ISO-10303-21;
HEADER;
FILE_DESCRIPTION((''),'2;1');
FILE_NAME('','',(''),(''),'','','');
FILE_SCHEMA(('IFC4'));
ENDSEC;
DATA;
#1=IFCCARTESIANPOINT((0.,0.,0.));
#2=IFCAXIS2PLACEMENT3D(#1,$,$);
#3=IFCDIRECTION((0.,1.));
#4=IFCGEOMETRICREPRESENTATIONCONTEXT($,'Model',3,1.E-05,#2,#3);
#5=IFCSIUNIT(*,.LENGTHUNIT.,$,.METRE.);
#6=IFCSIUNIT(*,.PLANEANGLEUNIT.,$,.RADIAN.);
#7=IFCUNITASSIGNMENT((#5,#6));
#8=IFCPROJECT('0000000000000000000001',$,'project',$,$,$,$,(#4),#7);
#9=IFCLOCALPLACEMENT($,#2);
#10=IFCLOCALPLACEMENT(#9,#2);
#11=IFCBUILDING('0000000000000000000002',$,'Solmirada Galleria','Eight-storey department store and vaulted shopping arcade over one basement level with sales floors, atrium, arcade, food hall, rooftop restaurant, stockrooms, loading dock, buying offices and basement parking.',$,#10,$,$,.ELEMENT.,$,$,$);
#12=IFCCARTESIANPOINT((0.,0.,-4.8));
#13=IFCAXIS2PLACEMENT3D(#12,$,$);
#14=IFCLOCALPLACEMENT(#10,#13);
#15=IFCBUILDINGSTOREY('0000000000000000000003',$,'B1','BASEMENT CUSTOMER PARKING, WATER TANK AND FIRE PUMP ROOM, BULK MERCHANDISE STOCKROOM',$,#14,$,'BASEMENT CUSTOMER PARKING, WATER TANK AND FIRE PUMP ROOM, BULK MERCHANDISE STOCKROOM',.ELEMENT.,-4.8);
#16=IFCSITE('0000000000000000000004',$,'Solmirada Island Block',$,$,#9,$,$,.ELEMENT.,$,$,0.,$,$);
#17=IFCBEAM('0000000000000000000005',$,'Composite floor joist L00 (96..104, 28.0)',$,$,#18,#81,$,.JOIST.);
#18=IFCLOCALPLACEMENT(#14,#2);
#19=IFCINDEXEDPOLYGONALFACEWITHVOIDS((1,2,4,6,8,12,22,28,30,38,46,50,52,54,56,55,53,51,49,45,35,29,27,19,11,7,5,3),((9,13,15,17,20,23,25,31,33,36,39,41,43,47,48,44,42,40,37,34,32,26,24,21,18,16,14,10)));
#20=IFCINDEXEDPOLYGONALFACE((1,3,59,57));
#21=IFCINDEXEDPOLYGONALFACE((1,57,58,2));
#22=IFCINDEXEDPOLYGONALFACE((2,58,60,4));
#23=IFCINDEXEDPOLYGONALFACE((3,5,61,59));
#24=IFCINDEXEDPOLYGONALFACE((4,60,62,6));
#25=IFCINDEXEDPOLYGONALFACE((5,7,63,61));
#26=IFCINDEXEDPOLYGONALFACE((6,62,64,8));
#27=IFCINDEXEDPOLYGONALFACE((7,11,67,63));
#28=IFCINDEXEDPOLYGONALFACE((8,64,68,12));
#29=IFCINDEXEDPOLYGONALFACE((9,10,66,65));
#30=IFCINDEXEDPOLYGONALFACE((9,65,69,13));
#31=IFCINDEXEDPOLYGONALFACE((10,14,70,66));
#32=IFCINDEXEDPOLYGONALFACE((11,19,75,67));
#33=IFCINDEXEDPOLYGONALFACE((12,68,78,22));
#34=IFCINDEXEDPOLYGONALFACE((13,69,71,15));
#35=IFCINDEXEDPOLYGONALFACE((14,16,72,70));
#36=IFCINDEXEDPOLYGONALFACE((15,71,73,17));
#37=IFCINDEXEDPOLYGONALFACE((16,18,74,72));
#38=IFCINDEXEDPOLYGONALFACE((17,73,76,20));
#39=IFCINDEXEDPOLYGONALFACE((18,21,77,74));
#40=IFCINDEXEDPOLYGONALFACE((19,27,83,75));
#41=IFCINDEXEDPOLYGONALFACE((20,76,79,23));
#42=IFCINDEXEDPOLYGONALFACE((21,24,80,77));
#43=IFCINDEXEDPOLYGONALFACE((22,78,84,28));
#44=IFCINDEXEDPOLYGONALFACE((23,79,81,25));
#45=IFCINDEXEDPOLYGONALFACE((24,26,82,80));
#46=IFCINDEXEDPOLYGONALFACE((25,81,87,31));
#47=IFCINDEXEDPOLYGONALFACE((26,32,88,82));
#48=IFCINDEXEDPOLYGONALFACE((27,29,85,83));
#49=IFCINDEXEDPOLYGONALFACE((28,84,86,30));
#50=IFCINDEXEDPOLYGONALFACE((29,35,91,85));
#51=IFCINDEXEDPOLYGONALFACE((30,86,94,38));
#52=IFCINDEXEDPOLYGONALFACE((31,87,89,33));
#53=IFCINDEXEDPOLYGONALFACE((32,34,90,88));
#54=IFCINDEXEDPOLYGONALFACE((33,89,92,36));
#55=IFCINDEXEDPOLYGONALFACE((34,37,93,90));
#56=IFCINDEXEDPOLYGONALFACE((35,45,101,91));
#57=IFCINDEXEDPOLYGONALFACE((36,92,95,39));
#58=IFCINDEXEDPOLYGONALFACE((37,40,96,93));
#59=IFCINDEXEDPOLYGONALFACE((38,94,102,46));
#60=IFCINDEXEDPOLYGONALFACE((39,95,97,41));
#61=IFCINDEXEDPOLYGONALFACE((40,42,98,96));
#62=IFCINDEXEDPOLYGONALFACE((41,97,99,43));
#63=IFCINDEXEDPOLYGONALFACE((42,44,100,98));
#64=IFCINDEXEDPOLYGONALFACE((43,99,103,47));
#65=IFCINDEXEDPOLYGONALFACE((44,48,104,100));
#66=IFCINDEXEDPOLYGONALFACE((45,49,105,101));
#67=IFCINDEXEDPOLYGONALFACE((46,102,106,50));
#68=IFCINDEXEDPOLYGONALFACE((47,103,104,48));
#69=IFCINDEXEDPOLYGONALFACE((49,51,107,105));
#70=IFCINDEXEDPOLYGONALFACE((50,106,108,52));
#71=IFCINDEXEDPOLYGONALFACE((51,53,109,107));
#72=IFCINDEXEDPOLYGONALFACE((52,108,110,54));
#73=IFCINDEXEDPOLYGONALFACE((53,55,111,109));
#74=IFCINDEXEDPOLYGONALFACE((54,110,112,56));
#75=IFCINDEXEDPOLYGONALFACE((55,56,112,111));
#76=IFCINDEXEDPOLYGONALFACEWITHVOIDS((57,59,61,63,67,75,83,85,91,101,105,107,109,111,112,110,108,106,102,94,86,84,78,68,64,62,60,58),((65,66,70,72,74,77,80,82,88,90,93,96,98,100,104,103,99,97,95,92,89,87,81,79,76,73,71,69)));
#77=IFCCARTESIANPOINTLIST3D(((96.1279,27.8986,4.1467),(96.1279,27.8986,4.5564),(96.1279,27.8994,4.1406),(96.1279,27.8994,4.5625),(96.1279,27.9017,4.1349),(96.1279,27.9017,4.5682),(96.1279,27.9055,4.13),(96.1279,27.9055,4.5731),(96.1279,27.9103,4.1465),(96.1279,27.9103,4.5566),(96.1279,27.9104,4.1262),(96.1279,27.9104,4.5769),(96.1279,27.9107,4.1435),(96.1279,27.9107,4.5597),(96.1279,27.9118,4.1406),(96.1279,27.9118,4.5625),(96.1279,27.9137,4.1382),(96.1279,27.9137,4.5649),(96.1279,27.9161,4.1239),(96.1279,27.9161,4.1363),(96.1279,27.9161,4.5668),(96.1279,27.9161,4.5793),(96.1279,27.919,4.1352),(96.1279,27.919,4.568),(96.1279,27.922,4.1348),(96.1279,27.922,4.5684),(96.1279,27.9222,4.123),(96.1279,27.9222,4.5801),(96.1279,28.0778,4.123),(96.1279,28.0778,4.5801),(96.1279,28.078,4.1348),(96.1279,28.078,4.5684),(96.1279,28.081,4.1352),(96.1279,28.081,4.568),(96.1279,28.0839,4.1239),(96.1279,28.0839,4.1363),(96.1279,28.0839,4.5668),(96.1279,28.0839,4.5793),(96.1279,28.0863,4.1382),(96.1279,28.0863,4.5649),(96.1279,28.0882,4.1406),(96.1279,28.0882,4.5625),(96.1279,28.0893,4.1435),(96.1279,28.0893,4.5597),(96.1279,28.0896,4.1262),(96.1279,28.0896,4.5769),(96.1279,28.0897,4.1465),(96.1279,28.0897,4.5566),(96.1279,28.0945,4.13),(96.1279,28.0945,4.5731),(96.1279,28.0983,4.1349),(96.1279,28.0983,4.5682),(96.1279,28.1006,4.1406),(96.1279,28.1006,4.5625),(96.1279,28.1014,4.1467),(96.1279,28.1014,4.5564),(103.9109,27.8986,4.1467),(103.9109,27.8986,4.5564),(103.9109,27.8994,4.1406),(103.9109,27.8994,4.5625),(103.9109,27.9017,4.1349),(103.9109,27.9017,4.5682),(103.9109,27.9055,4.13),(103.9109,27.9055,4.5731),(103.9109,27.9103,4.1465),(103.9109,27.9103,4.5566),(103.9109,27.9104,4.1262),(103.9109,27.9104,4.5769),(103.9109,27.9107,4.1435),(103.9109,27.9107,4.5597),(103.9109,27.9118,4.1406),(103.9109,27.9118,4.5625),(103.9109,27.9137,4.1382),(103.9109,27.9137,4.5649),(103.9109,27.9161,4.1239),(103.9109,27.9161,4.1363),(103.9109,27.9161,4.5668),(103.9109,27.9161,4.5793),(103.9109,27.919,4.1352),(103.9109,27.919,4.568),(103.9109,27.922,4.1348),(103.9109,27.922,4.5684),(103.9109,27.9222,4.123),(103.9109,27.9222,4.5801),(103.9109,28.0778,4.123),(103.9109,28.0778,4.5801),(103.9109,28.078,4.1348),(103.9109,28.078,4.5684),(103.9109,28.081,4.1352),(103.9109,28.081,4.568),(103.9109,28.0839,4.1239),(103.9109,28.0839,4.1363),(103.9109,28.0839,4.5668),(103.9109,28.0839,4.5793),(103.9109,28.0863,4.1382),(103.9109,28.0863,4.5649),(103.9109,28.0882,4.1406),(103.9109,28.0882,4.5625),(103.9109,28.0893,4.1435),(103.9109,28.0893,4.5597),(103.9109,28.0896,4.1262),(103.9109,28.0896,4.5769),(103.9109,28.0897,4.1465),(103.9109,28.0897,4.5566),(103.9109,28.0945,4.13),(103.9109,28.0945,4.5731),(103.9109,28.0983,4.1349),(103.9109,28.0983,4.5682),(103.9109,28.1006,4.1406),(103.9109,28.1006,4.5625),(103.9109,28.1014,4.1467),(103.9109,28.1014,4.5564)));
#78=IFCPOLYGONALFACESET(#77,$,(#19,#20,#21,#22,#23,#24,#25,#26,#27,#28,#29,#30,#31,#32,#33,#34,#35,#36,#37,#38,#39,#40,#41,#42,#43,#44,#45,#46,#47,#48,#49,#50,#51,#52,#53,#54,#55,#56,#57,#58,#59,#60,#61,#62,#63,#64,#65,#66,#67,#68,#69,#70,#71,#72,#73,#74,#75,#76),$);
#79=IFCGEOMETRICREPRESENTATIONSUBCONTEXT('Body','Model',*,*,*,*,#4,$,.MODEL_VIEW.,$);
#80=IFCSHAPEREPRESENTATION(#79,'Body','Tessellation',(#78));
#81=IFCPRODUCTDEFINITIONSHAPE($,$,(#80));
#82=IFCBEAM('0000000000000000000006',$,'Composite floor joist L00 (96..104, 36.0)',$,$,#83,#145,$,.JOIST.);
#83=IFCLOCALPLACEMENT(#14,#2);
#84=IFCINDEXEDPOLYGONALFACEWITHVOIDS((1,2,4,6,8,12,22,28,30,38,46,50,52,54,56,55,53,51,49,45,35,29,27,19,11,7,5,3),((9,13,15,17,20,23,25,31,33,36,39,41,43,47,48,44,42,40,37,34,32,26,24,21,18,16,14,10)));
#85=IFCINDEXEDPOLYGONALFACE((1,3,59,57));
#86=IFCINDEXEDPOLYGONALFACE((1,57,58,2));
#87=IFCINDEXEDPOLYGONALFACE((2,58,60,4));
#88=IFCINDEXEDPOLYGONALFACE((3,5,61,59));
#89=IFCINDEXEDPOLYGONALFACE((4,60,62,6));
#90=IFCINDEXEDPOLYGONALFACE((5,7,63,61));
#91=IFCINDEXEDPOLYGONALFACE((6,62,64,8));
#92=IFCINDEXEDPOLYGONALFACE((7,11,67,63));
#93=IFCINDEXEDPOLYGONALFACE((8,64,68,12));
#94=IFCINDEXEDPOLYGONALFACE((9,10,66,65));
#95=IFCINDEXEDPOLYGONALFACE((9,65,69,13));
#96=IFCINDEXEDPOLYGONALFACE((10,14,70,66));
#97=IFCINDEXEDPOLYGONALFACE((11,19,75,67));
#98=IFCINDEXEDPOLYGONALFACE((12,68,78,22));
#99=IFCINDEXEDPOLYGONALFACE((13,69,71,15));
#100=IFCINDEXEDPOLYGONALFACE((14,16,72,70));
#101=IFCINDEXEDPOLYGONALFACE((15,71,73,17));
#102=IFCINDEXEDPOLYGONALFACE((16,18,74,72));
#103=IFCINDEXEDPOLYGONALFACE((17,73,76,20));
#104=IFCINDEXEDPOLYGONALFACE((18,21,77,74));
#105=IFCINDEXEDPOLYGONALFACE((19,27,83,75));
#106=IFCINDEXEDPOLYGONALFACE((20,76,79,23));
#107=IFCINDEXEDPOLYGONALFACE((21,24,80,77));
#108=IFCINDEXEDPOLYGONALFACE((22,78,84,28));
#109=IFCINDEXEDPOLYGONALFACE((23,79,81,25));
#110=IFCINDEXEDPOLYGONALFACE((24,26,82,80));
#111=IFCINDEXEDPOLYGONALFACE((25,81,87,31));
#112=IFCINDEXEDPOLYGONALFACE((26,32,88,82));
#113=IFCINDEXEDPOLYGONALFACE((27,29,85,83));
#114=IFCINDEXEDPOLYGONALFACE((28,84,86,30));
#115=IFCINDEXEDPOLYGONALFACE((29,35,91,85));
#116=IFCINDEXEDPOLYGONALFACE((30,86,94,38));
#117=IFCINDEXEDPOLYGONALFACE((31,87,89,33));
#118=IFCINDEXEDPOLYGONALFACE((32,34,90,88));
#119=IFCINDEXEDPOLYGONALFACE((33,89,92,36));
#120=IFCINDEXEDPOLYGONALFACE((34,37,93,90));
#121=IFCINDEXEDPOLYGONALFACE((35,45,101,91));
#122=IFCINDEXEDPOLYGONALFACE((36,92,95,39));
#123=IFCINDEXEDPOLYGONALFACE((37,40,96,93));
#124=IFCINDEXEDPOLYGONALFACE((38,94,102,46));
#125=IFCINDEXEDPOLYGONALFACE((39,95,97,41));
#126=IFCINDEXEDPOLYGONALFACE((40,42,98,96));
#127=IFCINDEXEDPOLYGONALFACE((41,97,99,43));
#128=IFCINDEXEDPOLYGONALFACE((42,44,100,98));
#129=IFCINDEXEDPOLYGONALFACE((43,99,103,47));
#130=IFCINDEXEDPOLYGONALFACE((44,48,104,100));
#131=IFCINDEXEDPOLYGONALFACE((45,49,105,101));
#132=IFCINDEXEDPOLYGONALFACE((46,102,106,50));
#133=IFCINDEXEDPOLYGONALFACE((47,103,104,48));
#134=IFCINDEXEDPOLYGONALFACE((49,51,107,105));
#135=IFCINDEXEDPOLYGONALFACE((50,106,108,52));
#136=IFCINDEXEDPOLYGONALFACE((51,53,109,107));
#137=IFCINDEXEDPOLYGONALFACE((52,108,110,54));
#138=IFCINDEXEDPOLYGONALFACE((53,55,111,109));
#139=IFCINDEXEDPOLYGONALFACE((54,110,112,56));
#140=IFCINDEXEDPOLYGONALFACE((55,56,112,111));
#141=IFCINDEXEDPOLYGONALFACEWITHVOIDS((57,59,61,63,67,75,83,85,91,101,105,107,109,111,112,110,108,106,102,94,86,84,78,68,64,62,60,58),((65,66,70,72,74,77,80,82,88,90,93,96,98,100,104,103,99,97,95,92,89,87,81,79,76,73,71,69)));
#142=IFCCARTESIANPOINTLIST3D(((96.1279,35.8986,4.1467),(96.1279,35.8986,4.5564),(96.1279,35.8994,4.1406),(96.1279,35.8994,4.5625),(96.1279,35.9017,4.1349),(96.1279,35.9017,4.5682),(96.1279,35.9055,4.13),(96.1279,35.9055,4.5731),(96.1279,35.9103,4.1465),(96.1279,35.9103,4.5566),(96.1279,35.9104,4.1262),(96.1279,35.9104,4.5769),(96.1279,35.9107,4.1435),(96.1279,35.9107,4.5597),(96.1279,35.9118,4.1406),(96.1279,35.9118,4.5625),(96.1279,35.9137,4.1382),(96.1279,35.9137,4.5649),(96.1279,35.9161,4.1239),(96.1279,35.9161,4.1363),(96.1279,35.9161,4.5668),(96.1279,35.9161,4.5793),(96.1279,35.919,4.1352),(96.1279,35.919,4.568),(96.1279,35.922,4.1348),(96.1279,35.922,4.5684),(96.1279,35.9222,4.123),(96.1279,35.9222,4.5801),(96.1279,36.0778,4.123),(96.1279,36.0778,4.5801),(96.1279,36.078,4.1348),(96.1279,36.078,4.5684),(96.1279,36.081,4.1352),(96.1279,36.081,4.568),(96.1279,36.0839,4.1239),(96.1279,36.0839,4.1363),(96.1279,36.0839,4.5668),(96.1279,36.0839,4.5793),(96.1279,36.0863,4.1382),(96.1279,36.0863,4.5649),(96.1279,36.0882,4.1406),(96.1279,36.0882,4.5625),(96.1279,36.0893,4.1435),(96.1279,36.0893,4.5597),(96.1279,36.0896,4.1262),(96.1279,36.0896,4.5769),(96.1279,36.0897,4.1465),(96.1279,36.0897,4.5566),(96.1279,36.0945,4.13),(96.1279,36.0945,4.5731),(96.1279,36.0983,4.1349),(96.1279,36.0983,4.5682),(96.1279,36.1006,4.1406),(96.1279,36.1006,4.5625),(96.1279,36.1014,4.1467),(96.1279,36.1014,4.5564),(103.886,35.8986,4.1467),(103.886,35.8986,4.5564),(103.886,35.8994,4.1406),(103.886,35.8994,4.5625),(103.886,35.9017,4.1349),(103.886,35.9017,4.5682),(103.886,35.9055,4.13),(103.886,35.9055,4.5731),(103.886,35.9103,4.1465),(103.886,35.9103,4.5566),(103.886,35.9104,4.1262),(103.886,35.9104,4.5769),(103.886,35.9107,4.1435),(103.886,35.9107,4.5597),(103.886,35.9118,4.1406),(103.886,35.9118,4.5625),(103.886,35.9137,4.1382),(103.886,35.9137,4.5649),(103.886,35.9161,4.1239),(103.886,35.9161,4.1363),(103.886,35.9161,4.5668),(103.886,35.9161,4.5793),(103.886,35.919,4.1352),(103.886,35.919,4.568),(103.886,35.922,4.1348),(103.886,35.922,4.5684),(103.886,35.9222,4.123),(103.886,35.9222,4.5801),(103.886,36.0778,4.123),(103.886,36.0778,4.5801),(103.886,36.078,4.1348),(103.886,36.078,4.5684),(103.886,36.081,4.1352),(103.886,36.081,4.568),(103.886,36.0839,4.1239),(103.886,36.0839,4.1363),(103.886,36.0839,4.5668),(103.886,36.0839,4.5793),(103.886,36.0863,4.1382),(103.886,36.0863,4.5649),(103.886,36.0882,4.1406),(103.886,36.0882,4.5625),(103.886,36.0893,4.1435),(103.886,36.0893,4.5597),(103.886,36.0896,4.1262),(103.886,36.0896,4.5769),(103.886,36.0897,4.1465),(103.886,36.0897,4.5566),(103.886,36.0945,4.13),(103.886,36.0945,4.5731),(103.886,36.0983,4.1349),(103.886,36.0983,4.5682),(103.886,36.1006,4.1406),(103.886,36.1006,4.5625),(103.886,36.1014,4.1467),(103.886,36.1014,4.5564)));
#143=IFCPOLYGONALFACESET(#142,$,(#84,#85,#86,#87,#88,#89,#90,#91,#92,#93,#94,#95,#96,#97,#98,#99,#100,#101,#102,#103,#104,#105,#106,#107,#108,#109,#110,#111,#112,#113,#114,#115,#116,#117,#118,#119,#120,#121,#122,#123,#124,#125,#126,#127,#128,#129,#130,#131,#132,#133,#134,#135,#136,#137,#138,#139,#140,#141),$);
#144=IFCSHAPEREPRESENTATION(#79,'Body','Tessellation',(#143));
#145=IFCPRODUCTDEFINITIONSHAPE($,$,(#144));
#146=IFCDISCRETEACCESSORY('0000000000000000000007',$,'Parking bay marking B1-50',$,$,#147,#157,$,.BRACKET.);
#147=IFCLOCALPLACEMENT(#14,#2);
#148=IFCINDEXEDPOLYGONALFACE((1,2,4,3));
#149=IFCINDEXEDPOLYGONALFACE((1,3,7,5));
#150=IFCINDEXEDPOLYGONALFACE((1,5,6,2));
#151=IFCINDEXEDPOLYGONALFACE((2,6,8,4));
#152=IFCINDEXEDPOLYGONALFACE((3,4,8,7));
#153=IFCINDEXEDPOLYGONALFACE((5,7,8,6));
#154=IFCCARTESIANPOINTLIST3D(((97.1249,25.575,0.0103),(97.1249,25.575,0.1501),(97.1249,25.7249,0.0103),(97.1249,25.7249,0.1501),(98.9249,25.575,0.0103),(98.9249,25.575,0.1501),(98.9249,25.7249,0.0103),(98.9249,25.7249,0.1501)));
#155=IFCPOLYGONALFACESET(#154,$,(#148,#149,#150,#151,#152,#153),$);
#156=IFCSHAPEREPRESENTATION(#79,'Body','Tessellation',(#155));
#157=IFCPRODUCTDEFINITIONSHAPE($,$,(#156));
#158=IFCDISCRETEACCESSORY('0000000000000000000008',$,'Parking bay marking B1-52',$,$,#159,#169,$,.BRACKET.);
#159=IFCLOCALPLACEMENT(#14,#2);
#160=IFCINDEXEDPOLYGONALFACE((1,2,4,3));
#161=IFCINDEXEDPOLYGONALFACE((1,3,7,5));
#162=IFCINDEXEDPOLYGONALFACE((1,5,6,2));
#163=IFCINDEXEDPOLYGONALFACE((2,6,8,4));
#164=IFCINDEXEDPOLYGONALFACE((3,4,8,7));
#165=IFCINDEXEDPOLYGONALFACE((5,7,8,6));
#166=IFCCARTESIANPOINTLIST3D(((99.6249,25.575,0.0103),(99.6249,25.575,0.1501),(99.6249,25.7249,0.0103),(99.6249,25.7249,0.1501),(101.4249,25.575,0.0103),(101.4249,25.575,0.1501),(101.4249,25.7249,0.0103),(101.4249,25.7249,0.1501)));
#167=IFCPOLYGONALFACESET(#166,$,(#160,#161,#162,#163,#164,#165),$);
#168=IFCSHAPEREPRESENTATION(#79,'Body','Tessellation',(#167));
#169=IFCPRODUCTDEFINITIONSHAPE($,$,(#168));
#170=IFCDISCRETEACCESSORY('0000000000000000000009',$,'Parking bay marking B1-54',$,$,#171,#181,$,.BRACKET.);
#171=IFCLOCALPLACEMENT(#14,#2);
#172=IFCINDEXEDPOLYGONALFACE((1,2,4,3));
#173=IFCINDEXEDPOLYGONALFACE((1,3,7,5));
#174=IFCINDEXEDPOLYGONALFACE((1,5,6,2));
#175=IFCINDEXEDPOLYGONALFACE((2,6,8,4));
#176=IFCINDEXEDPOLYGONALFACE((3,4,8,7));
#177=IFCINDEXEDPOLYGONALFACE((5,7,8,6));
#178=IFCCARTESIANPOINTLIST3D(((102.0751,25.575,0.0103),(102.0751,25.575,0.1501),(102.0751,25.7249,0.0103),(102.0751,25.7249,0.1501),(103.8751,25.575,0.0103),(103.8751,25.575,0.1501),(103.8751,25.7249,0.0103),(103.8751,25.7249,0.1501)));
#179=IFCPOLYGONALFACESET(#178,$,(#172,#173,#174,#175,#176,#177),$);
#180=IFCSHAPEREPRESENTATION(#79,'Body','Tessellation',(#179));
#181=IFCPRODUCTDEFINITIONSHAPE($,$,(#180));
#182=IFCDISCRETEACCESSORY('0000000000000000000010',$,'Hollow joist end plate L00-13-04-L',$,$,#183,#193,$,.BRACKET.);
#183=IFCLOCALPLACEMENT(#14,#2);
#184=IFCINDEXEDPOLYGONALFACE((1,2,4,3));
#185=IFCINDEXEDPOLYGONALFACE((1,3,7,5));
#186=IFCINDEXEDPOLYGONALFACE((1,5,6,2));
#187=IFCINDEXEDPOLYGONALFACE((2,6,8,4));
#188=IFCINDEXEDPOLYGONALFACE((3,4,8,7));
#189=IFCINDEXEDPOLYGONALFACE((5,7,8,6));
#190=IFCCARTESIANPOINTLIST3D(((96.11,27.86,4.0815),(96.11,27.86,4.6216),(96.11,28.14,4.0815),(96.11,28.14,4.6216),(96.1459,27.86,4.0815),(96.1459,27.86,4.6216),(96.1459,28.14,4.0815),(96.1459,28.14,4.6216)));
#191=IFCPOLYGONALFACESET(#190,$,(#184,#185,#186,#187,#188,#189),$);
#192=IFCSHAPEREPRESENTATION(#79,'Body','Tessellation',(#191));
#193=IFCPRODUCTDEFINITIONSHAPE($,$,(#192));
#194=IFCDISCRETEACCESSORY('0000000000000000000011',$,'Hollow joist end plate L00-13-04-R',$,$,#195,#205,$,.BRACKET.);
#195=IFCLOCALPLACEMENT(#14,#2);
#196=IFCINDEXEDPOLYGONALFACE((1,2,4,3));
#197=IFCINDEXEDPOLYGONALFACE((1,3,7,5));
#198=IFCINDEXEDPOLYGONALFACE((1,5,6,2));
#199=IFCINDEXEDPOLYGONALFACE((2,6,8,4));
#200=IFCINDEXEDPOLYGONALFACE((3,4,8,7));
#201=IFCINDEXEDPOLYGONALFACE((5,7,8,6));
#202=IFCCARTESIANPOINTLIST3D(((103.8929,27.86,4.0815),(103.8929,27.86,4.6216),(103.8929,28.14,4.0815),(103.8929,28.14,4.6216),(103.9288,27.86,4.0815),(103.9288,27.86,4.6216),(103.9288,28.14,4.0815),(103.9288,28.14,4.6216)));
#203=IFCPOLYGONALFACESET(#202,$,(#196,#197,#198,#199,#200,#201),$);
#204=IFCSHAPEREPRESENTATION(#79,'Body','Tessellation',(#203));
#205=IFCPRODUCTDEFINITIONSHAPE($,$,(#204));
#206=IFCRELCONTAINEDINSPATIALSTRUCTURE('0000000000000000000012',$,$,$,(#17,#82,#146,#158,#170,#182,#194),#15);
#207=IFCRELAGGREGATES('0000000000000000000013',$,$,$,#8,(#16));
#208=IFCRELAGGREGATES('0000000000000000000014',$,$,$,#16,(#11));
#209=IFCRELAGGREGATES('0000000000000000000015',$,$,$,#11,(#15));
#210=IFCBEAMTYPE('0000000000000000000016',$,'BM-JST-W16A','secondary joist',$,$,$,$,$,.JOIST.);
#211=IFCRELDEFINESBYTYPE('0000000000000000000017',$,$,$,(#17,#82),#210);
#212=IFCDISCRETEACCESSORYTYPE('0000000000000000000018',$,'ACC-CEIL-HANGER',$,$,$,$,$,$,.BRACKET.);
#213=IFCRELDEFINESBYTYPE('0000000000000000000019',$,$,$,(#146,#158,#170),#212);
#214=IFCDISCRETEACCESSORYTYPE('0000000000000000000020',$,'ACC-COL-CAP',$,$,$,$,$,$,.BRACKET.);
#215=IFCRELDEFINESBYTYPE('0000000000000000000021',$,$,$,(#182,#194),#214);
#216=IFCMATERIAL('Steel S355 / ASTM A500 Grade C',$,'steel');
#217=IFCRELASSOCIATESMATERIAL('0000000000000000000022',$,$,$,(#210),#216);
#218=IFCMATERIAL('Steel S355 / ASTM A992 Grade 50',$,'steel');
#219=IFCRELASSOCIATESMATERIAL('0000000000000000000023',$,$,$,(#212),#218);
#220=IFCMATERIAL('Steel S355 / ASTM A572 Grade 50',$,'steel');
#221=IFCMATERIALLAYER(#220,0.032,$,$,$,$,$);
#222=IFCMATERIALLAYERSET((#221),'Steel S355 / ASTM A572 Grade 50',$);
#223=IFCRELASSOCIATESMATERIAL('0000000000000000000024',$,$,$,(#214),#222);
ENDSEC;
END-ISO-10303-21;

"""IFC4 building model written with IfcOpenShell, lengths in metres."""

from ifc_helpers import new_model, si_unit, direction, frame, origin, origin_2d, place, context, subcontext, project, spatial, rectangle, hollow_rectangle, extrude, material, layer, layer_set, material_profile, profile_set, type_object, element, save


model = new_model("IFC4")

# Units and contexts
model_context = context("Model", 3, precision=1e-05, world=origin(), true_north=direction((0.0, 1.0)))
body_context = subcontext(model_context, "Body", "Model", "MODEL_VIEW")
ifc_project = project(units=[si_unit("LENGTHUNIT", "METRE"), si_unit("PLANEANGLEUNIT", "RADIAN")], contexts=[model_context])

# Site, building, storey
site_placement = place(None, origin())
site = spatial("IfcSite", under=ifc_project, at=site_placement, Name="Solmirada Island Block", CompositionType="ELEMENT", RefElevation=0.0)
building_placement = place(site_placement, origin())
building = spatial("IfcBuilding", under=site, at=building_placement, Name="Solmirada Galleria", Description="Eight-storey department store and vaulted shopping arcade over one basement level with sales floors, atrium, arcade, food hall, rooftop restaurant, stockrooms, loading dock, buying offices and basement parking.", CompositionType="ELEMENT")
storey_placement = place(building_placement, frame((0.0, 0.0, -4.8)))
storey = spatial("IfcBuildingStorey", under=building, at=storey_placement, Name="B1", Description="BASEMENT CUSTOMER PARKING, WATER TANK AND FIRE PUMP ROOM, BULK MERCHANDISE STOCKROOM", LongName="BASEMENT CUSTOMER PARKING, WATER TANK AND FIRE PUMP ROOM, BULK MERCHANDISE STOCKROOM", CompositionType="ELEMENT", Elevation=-4.8)

# Shared definitions
ifc_material_1 = material(Name="Steel S355 / ASTM A500 Grade C", Category="steel")

# Beams
ifc_material_2 = material(Name="Steel S355 / ASTM A992 Grade 50", Category="steel")
ifc_material_profile_1 = material_profile(ifc_material_1, hollow_rectangle(XDim=0.2029, YDim=0.457, WallThickness=0.0117, InnerFilletRadius=0.0117, OuterFilletRadius=0.0237, at=origin_2d()), Name="HSS18X8X1/2")
ifc_profile_set_1 = profile_set([ifc_material_profile_1], Name="Steel S355 / ASTM A500 Grade C")
beam_type_1 = type_object("IfcBeamType", Name="BM-JST-W16A", Description="secondary joist", PredefinedType="JOIST", material=ifc_profile_set_1)
beam_1_placement = place(storey_placement, frame((96.1279, 28.0, 4.3516), z_axis=(1.0, 0.0, 0.0), x_axis=(0.0, 1.0, 0.0)))
element("IfcBeam", 1, at=beam_1_placement, inside=storey, type_object=beam_type_1, Name="Composite floor joist L00 (96..104, 28.0)", PredefinedType="JOIST", context=body_context, shape_type="SweptSolid", body=[
    extrude(hollow_rectangle(XDim=0.2029, YDim=0.457, WallThickness=0.0117, InnerFilletRadius=0.0117, OuterFilletRadius=0.0237, at=origin_2d()), origin(), (0.0, 0.0, 1.0), 7.783),
])
beam_2_placement = place(storey_placement, frame((96.1279, 36.0, 4.3516), z_axis=(1.0, 0.0, 0.0), x_axis=(0.0, 1.0, 0.0)))
element("IfcBeam", 2, at=beam_2_placement, inside=storey, type_object=beam_type_1, Name="Composite floor joist L00 (96..104, 36.0)", PredefinedType="JOIST", context=body_context, shape_type="SweptSolid", body=[
    extrude(hollow_rectangle(XDim=0.2029, YDim=0.457, WallThickness=0.0117, InnerFilletRadius=0.0117, OuterFilletRadius=0.0237, at=origin_2d()), origin(), (0.0, 0.0, 1.0), 7.7581),
])

# Discrete accessories
discrete_accessory_type_1 = type_object("IfcDiscreteAccessoryType", Name="ACC-CEIL-HANGER", PredefinedType="BRACKET", material=ifc_material_2)
for number, where, z_axis, x_axis, name in (
    (3, (98.0249, 25.6499, 0.0103), (0.0, 0.0, 1.0), (1.0, 0.0, 0.0), "Parking bay marking B1-50"),
    (4, (100.5249, 25.6499, 0.0103), (0.0, 0.0, 1.0), (1.0, 0.0, 0.0), "Parking bay marking B1-52"),
    (5, (102.9751, 25.6499, 0.0103), (0.0, 0.0, 1.0), (1.0, 0.0, 0.0), "Parking bay marking B1-54"),
):
    element("IfcDiscreteAccessory", number, at=place(storey_placement, frame(where, z_axis=z_axis, x_axis=x_axis)), inside=storey, type_object=discrete_accessory_type_1, Name=name, PredefinedType="BRACKET", context=body_context, shape_type="SweptSolid", body=[
        extrude(rectangle(XDim=1.8, YDim=0.1499, at=origin_2d()), origin(), (0.0, 0.0, 1.0), 0.1399),
    ])
ifc_material_3 = material(Name="Steel S355 / ASTM A572 Grade 50", Category="steel")
ifc_layer = layer(ifc_material_3, 0.032)
ifc_layer_set = layer_set([ifc_layer], Name="Steel S355 / ASTM A572 Grade 50")
discrete_accessory_type_2 = type_object("IfcDiscreteAccessoryType", Name="ACC-COL-CAP", PredefinedType="BRACKET", material=ifc_layer_set)
for number, where, z_axis, x_axis, name in (
    (6, (96.1279, 28.0, 4.0815), (0.0, 0.0, 1.0), (1.0, 0.0, 0.0), "Hollow joist end plate L00-13-04-L"),
    (7, (103.9109, 28.0, 4.0815), (0.0, 0.0, 1.0), (1.0, 0.0, 0.0), "Hollow joist end plate L00-13-04-R"),
):
    element("IfcDiscreteAccessory", number, at=place(storey_placement, frame(where, z_axis=z_axis, x_axis=x_axis)), inside=storey, type_object=discrete_accessory_type_2, Name=name, PredefinedType="BRACKET", context=body_context, shape_type="SweptSolid", body=[
        extrude(rectangle(XDim=0.0359, YDim=0.28, at=origin_2d()), origin(), (0.0, 0.0, 1.0), 0.54),
    ])

save(model, "model.ifc")
